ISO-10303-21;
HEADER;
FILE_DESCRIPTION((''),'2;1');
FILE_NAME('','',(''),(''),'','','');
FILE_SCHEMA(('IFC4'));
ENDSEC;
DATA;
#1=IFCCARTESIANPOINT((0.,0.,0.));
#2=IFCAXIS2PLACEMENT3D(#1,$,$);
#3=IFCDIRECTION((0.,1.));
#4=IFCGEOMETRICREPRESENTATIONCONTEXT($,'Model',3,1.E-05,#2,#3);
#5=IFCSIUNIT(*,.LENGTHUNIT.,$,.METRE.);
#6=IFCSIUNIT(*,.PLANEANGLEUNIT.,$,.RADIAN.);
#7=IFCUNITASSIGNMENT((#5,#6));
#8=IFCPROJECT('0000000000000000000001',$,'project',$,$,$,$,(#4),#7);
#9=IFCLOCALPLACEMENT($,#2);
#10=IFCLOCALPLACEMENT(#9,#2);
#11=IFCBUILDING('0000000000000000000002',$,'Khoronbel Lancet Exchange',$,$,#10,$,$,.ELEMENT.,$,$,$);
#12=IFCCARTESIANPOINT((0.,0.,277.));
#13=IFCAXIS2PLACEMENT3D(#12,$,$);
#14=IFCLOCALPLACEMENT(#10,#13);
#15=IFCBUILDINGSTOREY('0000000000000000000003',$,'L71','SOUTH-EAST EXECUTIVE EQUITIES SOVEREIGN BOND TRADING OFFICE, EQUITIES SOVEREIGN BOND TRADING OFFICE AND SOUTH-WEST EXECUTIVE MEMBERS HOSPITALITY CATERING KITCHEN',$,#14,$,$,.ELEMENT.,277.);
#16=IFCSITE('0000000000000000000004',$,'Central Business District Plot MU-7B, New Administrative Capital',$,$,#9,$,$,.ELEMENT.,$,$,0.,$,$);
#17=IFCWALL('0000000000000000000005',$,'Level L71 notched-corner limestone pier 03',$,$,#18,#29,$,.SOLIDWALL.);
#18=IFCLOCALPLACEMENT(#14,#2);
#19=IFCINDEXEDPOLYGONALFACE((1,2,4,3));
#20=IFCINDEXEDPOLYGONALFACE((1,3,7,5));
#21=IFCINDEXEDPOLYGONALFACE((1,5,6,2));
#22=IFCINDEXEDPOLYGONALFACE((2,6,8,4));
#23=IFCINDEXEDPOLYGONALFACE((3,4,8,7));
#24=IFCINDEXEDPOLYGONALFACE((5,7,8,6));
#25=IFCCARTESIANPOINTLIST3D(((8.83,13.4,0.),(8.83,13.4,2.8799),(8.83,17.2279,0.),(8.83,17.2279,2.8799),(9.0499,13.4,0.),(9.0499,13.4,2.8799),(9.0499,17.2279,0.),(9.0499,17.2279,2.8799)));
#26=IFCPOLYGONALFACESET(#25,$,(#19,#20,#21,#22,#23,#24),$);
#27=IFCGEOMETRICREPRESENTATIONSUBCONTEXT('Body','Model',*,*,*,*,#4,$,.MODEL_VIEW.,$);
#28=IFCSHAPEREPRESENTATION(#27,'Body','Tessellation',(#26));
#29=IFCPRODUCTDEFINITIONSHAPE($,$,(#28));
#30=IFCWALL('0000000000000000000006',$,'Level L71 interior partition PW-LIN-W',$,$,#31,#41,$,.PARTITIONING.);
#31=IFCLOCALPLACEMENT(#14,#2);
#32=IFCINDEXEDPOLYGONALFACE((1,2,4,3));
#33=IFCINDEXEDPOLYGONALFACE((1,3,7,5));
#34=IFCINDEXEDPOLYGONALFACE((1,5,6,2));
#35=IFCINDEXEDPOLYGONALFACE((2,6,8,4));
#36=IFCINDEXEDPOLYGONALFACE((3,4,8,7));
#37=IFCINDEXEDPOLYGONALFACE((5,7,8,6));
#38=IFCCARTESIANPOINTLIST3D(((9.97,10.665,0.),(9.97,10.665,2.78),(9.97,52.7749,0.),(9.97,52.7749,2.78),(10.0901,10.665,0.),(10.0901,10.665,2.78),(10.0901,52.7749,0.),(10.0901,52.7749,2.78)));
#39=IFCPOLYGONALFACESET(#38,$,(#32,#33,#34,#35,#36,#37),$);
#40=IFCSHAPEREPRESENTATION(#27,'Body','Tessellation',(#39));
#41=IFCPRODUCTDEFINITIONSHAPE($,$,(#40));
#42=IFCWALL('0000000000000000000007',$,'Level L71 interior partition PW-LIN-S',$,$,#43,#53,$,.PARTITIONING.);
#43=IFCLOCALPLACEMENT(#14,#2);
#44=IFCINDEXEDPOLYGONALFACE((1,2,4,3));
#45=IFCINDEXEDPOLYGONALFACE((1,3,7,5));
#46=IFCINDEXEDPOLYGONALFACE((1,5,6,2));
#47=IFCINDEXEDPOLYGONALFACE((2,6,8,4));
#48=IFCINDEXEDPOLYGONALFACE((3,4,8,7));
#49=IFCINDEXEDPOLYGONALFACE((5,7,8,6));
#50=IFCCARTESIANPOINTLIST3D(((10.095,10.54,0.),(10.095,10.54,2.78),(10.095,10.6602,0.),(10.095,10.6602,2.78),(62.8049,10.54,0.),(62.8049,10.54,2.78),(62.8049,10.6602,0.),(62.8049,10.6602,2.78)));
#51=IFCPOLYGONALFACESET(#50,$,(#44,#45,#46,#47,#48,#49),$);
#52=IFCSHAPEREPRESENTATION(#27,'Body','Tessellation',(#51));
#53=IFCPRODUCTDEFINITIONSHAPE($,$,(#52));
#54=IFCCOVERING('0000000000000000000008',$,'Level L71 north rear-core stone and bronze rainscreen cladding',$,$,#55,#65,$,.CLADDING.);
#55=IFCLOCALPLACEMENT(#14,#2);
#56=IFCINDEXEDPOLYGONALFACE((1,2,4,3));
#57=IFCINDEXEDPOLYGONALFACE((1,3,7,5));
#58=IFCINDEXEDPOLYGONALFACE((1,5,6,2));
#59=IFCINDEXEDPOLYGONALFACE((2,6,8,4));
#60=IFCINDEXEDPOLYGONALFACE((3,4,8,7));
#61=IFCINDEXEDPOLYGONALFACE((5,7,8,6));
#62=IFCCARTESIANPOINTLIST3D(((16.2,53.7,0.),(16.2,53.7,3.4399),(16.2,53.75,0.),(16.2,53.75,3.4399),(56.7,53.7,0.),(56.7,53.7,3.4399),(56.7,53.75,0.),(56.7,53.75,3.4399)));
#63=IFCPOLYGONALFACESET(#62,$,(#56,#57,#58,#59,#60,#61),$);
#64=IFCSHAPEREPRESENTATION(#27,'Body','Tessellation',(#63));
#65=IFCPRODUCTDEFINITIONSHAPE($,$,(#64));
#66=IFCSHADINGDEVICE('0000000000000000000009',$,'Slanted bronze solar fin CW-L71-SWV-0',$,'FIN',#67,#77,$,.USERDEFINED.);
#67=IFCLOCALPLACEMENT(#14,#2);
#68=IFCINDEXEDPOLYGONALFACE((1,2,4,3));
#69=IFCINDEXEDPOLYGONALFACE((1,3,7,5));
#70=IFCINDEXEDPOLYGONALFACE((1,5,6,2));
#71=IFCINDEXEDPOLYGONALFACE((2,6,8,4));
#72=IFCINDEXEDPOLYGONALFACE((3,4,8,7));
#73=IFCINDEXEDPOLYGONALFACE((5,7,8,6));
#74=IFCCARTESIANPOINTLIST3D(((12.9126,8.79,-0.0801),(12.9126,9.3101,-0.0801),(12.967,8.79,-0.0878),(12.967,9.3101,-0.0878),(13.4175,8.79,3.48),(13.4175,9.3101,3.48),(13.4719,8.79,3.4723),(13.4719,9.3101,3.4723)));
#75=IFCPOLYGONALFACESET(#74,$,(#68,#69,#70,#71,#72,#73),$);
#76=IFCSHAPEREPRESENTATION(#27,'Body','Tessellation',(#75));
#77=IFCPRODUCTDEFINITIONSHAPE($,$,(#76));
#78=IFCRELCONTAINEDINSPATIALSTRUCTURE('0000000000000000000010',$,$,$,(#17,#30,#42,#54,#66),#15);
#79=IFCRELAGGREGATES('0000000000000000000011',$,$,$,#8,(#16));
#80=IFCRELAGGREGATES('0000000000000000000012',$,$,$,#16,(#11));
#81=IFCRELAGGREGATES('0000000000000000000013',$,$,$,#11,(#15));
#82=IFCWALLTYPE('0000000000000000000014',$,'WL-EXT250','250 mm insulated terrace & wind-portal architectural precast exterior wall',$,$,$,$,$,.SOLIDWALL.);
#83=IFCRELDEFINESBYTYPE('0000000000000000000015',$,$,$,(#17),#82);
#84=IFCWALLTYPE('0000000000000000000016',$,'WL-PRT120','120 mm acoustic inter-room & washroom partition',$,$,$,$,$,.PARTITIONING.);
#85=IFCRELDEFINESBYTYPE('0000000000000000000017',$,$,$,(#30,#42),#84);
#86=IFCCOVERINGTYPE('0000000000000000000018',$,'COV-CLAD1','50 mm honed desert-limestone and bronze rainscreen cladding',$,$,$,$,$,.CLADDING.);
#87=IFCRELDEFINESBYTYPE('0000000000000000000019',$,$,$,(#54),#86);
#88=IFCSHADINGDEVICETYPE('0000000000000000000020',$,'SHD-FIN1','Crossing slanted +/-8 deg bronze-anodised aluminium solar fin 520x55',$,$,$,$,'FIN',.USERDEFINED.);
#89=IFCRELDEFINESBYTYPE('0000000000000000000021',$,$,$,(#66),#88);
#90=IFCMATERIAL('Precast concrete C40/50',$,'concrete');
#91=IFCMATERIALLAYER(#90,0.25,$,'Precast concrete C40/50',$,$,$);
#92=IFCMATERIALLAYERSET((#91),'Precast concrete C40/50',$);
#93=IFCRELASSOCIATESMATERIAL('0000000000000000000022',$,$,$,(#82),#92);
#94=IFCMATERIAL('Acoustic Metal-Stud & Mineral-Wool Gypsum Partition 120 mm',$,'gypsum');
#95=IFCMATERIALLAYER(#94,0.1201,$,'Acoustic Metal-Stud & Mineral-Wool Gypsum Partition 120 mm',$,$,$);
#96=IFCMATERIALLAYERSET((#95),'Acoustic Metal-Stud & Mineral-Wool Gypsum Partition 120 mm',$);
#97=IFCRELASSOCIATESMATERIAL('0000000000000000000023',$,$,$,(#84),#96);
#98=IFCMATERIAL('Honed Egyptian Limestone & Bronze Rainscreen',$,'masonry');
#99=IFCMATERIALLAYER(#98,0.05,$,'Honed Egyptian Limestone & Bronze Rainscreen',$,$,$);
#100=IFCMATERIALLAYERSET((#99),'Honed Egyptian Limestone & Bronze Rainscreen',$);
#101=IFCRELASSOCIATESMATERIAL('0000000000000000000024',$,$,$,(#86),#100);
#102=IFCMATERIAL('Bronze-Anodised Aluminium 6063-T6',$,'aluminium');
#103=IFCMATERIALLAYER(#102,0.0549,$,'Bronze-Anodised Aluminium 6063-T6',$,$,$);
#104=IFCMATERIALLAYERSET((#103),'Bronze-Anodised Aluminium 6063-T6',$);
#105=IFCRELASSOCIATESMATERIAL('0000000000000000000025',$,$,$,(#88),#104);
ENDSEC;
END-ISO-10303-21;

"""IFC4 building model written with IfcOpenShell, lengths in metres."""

from ifc_helpers import new_model, si_unit, direction, frame, frame_2d, origin, place, context, subcontext, project, spatial, polyline, rectangle, outline, extrude, material, layer, layer_set, type_object, element, save


model = new_model("IFC4")

# Units and contexts
model_context = context("Model", 3, precision=1e-05, world=origin(), true_north=direction((0.0, 1.0)))
body_context = subcontext(model_context, "Body", "Model", "MODEL_VIEW")
ifc_project = project(units=[si_unit("LENGTHUNIT", "METRE"), si_unit("PLANEANGLEUNIT", "RADIAN")], contexts=[model_context])

# Site, building, storey
site_placement = place(None, origin())
site = spatial("IfcSite", under=ifc_project, at=site_placement, Name="Central Business District Plot MU-7B, New Administrative Capital", CompositionType="ELEMENT", RefElevation=0.0)
building_placement = place(site_placement, origin())
building = spatial("IfcBuilding", under=site, at=building_placement, Name="Khoronbel Lancet Exchange", CompositionType="ELEMENT")
storey_placement = place(building_placement, frame((0.0, 0.0, 277.0)))
storey = spatial("IfcBuildingStorey", under=building, at=storey_placement, Name="L71", Description="SOUTH-EAST EXECUTIVE EQUITIES SOVEREIGN BOND TRADING OFFICE, EQUITIES SOVEREIGN BOND TRADING OFFICE AND SOUTH-WEST EXECUTIVE MEMBERS HOSPITALITY CATERING KITCHEN", CompositionType="ELEMENT", Elevation=277.0)

# Shared definitions
ifc_material_1 = material(Name="Bronze-Anodised Aluminium 6063-T6", Category="aluminium")

# Walls
ifc_material_2 = material(Name="Precast concrete C40/50", Category="concrete")
ifc_layer_1 = layer(ifc_material_2, 0.25, Name="Precast concrete C40/50")
ifc_layer_set_1 = layer_set([ifc_layer_1], Name="Precast concrete C40/50")
wall_type_1 = type_object("IfcWallType", Name="WL-EXT250", Description="250 mm insulated terrace & wind-portal architectural precast exterior wall", PredefinedType="SOLIDWALL", material=ifc_layer_set_1)
wall_1_placement = place(storey_placement, frame((8.9399, 13.3999, 0.0), z_axis=(0.0, 0.0, 1.0), x_axis=(0.0, 1.0, 0.0)))
element("IfcWall", 1, at=wall_1_placement, inside=storey, type_object=wall_type_1, Name="Level L71 notched-corner limestone pier 03", PredefinedType="SOLIDWALL", context=body_context, shape_type="SweptSolid", body=[
    extrude(rectangle(XDim=3.8279, YDim=0.22, at=frame_2d((1.9141, 0.0))), origin(), (0.0, 0.0, 1.0), 2.8799),
])
ifc_material_3 = material(Name="Acoustic Metal-Stud & Mineral-Wool Gypsum Partition 120 mm", Category="gypsum")
ifc_layer_2 = layer(ifc_material_3, 0.1201, Name="Acoustic Metal-Stud & Mineral-Wool Gypsum Partition 120 mm")
ifc_layer_set_2 = layer_set([ifc_layer_2], Name="Acoustic Metal-Stud & Mineral-Wool Gypsum Partition 120 mm")
wall_type_2 = type_object("IfcWallType", Name="WL-PRT120", Description="120 mm acoustic inter-room & washroom partition", PredefinedType="PARTITIONING", material=ifc_layer_set_2)
wall_2_placement = place(storey_placement, frame((10.03, 10.665, 0.0), z_axis=(0.0, 0.0, 1.0), x_axis=(0.0, 1.0, 0.0)))
element("IfcWall", 2, at=wall_2_placement, inside=storey, type_object=wall_type_2, Name="Level L71 interior partition PW-LIN-W", PredefinedType="PARTITIONING", context=body_context, shape_type="SweptSolid", body=[
    extrude(rectangle(XDim=42.1099, YDim=0.1201, at=frame_2d((21.0549, 0.0))), origin(), (0.0, 0.0, 1.0), 2.78),
])
wall_3_placement = place(storey_placement, frame((10.095, 10.6001, 0.0), z_axis=(0.0, 0.0, 1.0), x_axis=(1.0, 0.0, 0.0)))
element("IfcWall", 3, at=wall_3_placement, inside=storey, type_object=wall_type_2, Name="Level L71 interior partition PW-LIN-S", PredefinedType="PARTITIONING", context=body_context, shape_type="SweptSolid", body=[
    extrude(rectangle(XDim=52.71, YDim=0.1201, at=frame_2d((26.355, 0.0))), origin(), (0.0, 0.0, 1.0), 2.78),
])

# Covering
ifc_material_4 = material(Name="Honed Egyptian Limestone & Bronze Rainscreen", Category="masonry")
ifc_layer_3 = layer(ifc_material_4, 0.05, Name="Honed Egyptian Limestone & Bronze Rainscreen")
ifc_layer_set_3 = layer_set([ifc_layer_3], Name="Honed Egyptian Limestone & Bronze Rainscreen")
covering_type = type_object("IfcCoveringType", Name="COV-CLAD1", Description="50 mm honed desert-limestone and bronze rainscreen cladding", PredefinedType="CLADDING", material=ifc_layer_set_3)
covering_placement = place(storey_placement, origin())
element("IfcCovering", 4, at=covering_placement, inside=storey, type_object=covering_type, Name="Level L71 north rear-core stone and bronze rainscreen cladding", PredefinedType="CLADDING", context=body_context, shape_type="SweptSolid", body=[
    extrude(outline(polyline([(16.2, 53.7), (56.7, 53.7), (56.7, 53.75), (16.2, 53.75), (16.2, 53.7)])), origin(), (0.0, 0.0, 1.0), 3.4399),
])

# Shading device
ifc_layer_4 = layer(ifc_material_1, 0.0549, Name="Bronze-Anodised Aluminium 6063-T6")
ifc_layer_set_4 = layer_set([ifc_layer_4], Name="Bronze-Anodised Aluminium 6063-T6")
shading_device_type = type_object("IfcShadingDeviceType", Name="SHD-FIN1", Description="Crossing slanted +/-8 deg bronze-anodised aluminium solar fin 520x55", ElementType="FIN", PredefinedType="USERDEFINED", material=ifc_layer_set_4)
shading_device_placement = place(storey_placement, frame((12.9126, 9.3101, -0.0801), z_axis=(-0.990093, 0.0, 0.140414), x_axis=(0.0, -1.0, 0.0)))
element("IfcShadingDevice", 5, at=shading_device_placement, inside=storey, type_object=shading_device_type, Name="Slanted bronze solar fin CW-L71-SWV-0", ObjectType="FIN", PredefinedType="USERDEFINED", context=body_context, shape_type="SweptSolid", body=[
    extrude(outline(polyline([(0.0, 0.0), (0.52, 0.0), (0.52, 3.5957), (0.0, 3.5957), (0.0, 0.0)])), origin(), (0.0, 0.0, -1.0), 0.0549),
])

save(model, "model.ifc")
